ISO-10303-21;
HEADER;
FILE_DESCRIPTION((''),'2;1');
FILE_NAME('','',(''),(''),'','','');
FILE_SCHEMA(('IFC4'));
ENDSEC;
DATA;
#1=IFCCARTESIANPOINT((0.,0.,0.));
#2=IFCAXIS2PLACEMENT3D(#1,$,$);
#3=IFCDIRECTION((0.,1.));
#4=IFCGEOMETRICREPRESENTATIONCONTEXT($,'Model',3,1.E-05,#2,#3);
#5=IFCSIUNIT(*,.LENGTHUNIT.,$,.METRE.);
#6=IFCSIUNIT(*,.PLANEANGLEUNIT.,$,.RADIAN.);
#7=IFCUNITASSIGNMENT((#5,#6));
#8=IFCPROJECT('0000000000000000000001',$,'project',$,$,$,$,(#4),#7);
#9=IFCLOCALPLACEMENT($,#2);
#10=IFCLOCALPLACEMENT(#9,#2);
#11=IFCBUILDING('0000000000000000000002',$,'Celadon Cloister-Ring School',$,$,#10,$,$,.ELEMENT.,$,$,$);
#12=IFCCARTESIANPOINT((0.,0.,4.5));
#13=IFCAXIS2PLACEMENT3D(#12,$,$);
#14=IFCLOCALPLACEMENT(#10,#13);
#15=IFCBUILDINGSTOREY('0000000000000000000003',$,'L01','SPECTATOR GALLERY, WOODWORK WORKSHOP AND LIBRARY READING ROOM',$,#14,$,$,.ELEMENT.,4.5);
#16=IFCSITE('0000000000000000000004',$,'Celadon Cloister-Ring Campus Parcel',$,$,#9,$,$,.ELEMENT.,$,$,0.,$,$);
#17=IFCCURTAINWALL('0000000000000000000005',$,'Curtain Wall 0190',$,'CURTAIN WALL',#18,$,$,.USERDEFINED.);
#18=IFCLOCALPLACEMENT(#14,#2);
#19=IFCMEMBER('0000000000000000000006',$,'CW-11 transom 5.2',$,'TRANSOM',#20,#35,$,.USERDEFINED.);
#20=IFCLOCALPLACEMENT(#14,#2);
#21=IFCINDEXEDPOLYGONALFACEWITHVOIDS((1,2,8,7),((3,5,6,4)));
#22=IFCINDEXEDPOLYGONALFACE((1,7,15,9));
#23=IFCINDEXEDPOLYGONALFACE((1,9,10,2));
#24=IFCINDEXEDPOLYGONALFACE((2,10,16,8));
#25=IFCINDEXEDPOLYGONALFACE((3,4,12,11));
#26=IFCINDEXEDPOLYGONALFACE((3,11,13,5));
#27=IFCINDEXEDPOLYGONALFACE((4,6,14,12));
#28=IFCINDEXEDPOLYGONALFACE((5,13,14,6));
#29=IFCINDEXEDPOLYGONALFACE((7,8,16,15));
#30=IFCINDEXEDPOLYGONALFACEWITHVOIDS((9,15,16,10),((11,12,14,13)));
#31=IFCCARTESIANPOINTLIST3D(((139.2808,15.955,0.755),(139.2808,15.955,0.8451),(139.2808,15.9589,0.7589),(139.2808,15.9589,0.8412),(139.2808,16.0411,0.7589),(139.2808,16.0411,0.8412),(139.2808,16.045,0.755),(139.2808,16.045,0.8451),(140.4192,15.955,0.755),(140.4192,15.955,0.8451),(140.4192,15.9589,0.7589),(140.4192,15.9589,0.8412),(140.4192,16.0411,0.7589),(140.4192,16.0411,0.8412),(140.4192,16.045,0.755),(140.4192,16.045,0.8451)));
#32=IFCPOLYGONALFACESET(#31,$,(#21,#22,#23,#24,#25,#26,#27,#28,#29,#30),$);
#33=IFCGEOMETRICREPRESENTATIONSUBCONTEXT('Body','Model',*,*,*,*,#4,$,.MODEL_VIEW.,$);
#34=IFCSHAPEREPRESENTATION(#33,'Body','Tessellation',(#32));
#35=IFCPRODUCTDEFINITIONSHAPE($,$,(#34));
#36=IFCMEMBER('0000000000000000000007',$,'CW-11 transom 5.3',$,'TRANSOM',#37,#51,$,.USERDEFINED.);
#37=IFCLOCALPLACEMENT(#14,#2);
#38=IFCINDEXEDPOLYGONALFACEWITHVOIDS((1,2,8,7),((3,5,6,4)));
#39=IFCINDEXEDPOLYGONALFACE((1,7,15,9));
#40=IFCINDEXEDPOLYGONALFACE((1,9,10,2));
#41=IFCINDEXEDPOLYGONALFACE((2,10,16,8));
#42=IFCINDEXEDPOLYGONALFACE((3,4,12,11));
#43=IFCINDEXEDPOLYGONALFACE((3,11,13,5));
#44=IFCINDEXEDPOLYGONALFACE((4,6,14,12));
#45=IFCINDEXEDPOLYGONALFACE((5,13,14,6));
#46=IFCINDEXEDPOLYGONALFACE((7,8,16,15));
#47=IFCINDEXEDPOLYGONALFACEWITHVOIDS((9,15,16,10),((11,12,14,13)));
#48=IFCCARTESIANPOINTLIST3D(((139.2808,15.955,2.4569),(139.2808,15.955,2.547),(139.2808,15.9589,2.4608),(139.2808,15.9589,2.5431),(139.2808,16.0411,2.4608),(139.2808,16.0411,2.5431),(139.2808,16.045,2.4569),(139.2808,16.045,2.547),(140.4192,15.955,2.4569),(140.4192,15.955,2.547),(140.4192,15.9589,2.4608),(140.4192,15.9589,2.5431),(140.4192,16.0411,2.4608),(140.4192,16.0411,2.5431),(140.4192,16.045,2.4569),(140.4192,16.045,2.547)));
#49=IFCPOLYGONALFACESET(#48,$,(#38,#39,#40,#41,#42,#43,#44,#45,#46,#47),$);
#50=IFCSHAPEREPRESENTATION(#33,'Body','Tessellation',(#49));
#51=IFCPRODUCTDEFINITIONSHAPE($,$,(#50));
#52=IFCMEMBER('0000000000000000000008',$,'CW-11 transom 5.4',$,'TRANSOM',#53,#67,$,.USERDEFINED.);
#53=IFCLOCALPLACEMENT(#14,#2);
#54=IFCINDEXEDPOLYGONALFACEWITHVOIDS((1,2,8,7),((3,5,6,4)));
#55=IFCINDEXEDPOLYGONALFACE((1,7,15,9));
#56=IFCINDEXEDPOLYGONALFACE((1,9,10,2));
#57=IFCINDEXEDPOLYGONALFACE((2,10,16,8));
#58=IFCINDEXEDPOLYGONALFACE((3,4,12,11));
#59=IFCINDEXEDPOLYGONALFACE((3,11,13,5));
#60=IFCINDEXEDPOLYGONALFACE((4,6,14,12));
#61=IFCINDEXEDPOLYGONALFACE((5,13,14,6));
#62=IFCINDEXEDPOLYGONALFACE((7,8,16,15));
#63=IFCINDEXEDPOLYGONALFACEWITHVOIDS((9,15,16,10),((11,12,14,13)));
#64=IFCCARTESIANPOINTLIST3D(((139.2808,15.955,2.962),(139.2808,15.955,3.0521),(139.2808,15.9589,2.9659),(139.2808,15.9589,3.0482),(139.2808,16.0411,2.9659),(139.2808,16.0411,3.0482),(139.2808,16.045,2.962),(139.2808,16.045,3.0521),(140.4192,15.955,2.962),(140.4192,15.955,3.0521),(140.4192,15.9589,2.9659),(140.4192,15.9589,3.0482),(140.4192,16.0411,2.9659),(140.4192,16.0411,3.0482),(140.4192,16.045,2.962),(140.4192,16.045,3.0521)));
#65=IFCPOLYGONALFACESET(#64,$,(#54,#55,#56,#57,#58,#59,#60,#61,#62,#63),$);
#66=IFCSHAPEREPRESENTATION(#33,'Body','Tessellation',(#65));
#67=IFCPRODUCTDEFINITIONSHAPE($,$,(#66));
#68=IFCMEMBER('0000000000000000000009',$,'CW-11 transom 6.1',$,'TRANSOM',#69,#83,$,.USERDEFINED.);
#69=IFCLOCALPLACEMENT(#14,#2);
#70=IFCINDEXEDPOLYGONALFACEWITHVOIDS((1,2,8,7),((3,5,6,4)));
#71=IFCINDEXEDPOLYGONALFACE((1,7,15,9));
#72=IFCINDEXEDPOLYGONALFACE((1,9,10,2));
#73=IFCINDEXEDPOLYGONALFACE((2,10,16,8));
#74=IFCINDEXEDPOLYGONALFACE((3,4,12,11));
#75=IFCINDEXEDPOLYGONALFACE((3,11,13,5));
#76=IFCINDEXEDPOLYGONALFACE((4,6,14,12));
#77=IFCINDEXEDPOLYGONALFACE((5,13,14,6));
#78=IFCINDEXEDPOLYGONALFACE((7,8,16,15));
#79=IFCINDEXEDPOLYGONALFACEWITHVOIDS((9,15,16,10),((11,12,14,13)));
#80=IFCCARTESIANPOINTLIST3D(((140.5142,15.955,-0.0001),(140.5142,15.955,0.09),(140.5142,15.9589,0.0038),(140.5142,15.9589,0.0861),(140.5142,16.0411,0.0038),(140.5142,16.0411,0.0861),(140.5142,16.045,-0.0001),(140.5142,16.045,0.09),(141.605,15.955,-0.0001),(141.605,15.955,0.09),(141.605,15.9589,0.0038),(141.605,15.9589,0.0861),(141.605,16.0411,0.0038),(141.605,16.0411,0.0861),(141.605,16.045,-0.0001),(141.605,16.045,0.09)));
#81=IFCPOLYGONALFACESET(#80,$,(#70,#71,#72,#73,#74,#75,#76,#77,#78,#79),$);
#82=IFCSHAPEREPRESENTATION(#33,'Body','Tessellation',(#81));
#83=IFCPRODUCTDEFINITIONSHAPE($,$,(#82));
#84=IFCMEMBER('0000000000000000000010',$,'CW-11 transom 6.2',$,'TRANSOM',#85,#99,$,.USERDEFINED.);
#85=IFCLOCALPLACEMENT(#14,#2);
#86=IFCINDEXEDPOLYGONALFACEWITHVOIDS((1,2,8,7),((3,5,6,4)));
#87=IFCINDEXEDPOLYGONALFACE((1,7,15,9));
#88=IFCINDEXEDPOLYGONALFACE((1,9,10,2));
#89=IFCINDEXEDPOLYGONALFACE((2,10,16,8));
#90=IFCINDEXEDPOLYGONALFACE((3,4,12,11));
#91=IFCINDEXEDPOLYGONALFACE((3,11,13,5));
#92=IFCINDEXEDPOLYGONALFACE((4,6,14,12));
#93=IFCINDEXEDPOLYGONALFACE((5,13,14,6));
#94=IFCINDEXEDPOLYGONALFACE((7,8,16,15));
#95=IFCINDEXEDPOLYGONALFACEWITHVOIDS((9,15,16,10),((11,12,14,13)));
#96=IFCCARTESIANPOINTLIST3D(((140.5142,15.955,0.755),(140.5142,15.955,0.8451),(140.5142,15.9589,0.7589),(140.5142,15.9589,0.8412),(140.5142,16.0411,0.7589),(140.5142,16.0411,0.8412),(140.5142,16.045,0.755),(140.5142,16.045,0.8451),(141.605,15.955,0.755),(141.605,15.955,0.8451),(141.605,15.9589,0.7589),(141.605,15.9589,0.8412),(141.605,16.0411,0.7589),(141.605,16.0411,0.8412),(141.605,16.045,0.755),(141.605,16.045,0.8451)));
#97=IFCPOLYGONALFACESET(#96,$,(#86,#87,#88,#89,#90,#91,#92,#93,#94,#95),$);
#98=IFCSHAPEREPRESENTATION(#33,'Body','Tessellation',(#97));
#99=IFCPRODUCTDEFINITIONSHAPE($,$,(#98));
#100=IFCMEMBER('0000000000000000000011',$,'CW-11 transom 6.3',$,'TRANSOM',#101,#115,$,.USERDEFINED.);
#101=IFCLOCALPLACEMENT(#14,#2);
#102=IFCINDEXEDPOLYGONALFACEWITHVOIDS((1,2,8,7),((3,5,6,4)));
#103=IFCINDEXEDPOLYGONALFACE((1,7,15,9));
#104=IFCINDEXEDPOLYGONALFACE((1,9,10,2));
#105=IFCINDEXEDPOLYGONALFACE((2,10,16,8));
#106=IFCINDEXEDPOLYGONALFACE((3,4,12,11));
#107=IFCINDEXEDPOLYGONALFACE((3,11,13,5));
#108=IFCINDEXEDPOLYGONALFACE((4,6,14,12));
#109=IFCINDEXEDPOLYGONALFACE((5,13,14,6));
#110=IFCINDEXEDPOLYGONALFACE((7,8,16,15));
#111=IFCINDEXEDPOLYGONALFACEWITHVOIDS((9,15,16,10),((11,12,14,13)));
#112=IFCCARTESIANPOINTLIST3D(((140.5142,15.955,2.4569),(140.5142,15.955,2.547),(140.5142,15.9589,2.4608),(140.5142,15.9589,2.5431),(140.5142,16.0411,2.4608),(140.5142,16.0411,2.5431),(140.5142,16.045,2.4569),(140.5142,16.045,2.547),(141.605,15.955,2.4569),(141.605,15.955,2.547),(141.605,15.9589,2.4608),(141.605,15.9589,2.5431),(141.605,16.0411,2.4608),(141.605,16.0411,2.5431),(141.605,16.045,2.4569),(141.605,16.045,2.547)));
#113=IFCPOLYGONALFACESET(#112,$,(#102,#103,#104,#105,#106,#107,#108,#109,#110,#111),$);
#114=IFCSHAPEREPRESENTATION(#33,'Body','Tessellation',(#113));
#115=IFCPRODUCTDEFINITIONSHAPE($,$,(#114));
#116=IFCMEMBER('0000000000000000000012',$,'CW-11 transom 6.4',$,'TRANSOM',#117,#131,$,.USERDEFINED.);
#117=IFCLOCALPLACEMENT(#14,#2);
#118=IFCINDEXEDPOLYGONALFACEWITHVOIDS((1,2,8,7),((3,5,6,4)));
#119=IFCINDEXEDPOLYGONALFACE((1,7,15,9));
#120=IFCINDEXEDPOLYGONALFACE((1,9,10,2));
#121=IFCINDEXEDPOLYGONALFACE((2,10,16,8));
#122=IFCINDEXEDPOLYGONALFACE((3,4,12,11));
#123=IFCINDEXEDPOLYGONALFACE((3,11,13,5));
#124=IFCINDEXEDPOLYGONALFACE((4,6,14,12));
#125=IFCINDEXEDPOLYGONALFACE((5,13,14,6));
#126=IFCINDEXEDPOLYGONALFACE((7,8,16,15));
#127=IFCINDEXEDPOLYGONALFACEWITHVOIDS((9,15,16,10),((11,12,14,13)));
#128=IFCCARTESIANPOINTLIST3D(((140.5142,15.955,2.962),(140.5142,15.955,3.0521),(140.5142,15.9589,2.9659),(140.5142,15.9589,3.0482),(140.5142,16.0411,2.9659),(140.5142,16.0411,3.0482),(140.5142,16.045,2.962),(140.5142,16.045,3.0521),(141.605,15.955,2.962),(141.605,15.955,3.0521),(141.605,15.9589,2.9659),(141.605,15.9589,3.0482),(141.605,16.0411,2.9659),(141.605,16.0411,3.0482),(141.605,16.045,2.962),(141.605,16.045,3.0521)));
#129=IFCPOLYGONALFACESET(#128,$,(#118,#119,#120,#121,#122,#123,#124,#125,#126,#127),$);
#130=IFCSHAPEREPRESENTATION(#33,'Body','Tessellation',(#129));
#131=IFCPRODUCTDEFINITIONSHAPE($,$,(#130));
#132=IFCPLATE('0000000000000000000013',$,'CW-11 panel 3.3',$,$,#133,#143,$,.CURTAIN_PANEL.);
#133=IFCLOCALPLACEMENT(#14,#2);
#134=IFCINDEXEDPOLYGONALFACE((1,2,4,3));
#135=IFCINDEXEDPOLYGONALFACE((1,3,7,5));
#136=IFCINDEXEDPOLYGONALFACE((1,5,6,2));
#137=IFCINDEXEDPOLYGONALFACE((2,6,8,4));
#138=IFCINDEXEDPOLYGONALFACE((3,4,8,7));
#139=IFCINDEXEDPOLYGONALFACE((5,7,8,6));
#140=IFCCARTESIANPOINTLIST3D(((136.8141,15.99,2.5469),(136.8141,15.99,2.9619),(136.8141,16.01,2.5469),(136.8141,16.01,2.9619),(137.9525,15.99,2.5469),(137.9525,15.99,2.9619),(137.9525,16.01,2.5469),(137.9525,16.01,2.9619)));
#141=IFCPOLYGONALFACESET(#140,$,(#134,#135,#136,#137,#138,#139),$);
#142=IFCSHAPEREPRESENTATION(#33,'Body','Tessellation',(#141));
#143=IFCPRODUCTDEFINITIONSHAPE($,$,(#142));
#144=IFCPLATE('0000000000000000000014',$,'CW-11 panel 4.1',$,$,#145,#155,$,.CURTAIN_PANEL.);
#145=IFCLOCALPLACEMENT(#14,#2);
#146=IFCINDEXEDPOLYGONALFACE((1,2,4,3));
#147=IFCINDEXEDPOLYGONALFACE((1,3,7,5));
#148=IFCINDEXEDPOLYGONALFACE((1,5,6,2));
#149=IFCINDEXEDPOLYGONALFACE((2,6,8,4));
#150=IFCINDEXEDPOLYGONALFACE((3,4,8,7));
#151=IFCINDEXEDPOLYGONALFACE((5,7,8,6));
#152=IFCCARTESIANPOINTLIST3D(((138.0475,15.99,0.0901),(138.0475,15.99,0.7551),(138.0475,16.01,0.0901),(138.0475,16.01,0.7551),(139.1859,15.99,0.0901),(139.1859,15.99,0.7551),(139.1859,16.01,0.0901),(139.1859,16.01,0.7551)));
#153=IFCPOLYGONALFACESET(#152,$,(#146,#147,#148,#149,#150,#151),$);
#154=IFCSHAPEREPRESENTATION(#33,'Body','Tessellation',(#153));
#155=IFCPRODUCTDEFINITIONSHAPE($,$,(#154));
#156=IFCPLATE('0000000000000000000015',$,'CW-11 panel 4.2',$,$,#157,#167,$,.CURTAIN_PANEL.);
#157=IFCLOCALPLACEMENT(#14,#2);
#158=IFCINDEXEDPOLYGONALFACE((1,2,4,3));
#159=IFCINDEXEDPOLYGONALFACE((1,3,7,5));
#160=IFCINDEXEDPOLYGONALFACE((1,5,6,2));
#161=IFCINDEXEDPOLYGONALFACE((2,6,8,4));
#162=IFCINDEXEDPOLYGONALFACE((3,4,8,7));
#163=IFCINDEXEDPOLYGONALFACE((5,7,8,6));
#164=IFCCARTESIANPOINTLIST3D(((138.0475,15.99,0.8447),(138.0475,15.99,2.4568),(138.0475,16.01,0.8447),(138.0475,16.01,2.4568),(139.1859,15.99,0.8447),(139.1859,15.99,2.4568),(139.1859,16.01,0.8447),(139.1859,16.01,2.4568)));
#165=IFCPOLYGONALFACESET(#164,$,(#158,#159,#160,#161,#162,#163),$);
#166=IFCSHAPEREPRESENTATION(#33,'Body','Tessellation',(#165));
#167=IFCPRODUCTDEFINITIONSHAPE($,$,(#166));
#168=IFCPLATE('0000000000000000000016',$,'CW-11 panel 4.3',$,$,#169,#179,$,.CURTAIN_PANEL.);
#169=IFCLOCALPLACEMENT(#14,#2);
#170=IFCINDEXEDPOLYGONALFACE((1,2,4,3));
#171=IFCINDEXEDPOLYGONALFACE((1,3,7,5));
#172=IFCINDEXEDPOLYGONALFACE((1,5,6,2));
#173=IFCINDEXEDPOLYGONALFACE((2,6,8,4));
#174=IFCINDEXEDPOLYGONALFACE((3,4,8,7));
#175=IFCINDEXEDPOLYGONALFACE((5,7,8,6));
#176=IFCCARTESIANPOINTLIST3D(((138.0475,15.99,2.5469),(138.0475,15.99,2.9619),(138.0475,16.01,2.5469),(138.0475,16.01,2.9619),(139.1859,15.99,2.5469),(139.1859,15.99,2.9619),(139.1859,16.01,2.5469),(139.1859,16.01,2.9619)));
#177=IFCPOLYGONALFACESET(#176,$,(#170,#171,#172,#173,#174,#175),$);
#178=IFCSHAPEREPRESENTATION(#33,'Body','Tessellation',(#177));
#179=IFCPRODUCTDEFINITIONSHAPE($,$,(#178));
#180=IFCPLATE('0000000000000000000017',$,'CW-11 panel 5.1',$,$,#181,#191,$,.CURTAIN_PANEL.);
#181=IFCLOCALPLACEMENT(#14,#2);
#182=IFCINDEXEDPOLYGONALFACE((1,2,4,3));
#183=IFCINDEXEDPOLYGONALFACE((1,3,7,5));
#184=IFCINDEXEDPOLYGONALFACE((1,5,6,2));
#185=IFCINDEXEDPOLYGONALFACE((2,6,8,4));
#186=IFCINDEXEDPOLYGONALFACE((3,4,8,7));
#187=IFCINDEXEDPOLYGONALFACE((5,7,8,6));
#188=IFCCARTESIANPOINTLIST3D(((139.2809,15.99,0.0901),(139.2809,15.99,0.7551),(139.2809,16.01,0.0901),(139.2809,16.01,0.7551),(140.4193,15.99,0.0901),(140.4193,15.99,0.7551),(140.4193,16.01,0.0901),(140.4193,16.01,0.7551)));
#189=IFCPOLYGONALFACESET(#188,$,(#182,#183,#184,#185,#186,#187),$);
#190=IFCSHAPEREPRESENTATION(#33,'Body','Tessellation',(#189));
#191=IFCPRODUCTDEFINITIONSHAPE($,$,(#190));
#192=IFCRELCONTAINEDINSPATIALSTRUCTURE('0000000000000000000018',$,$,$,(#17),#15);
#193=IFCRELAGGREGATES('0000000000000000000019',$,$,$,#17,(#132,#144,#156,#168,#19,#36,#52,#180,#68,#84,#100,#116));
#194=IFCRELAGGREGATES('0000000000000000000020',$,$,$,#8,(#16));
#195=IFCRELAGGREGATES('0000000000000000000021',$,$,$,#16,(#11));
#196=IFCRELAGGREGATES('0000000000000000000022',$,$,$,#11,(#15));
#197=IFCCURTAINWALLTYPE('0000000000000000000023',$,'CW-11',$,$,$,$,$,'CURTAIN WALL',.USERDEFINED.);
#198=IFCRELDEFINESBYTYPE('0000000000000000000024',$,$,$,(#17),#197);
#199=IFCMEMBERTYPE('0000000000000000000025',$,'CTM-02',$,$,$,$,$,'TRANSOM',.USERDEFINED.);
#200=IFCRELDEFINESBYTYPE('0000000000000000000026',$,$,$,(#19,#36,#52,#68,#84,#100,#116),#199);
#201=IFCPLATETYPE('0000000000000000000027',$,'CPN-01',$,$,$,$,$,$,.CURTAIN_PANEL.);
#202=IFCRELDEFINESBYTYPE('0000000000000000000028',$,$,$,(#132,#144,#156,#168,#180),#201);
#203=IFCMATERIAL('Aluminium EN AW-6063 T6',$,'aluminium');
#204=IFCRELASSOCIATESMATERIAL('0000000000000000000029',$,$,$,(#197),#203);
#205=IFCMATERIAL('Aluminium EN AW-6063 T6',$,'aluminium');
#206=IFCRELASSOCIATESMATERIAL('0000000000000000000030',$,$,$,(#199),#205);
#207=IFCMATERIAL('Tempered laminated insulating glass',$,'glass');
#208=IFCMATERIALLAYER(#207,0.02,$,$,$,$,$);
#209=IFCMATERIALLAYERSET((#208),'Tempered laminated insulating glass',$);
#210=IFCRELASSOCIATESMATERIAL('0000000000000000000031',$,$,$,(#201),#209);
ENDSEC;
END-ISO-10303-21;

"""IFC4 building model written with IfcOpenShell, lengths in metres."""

from ifc_helpers import new_model, si_unit, direction, frame, origin, origin_2d, place, context, subcontext, project, spatial, rectangle, hollow_rectangle, extrude, material, layer, layer_set, material_profile, profile_set, type_object, element, aggregate, save


model = new_model("IFC4")

# Units and contexts
model_context = context("Model", 3, precision=1e-05, world=origin(), true_north=direction((0.0, 1.0)))
body_context = subcontext(model_context, "Body", "Model", "MODEL_VIEW")
ifc_project = project(units=[si_unit("LENGTHUNIT", "METRE"), si_unit("PLANEANGLEUNIT", "RADIAN")], contexts=[model_context])

# Site, building, storey
site_placement = place(None, origin())
site = spatial("IfcSite", under=ifc_project, at=site_placement, Name="Celadon Cloister-Ring Campus Parcel", CompositionType="ELEMENT", RefElevation=0.0)
building_placement = place(site_placement, origin())
building = spatial("IfcBuilding", under=site, at=building_placement, Name="Celadon Cloister-Ring School", CompositionType="ELEMENT")
storey_placement = place(building_placement, frame((0.0, 0.0, 4.5)))
storey = spatial("IfcBuildingStorey", under=building, at=storey_placement, Name="L01", Description="SPECTATOR GALLERY, WOODWORK WORKSHOP AND LIBRARY READING ROOM", CompositionType="ELEMENT", Elevation=4.5)

# Curtain wall, members, plates
ifc_material_1 = material(Name="Aluminium EN AW-6063 T6", Category="aluminium")
curtain_wall_type = type_object("IfcCurtainWallType", Name="CW-11", ElementType="CURTAIN WALL", PredefinedType="USERDEFINED", material=ifc_material_1)
curtain_wall_placement = place(storey_placement, origin())
curtain_wall = element("IfcCurtainWall", 1, at=curtain_wall_placement, inside=storey, type_object=curtain_wall_type, Name="Curtain Wall 0190", ObjectType="CURTAIN WALL", PredefinedType="USERDEFINED")
ifc_material_2 = material(Name="Aluminium EN AW-6063 T6", Category="aluminium")
ifc_material_profile_1 = material_profile(ifc_material_2, hollow_rectangle(XDim=0.0901, YDim=0.0901, WallThickness=0.0039, at=origin_2d()), Name="RHS90X90X4")
ifc_profile_set_1 = profile_set([ifc_material_profile_1], Name="Aluminium EN AW-6063 T6")
member_type_1 = type_object("IfcMemberType", Name="CTM-02", ElementType="TRANSOM", PredefinedType="USERDEFINED", material=ifc_profile_set_1)
member_1_placement = place(storey_placement, frame((139.2808, 16.0, 0.8), z_axis=(1.0, 0.0, 0.0), x_axis=(0.0, 1.0, 0.0)))
member_1 = element("IfcMember", 2, at=member_1_placement, type_object=member_type_1, Name="CW-11 transom 5.2", ObjectType="TRANSOM", PredefinedType="USERDEFINED", context=body_context, shape_type="SweptSolid", body=[
    extrude(hollow_rectangle(XDim=0.0901, YDim=0.0901, WallThickness=0.0039, at=origin_2d()), origin(), (0.0, 0.0, 1.0), 1.1384),
])
member_2_placement = place(storey_placement, frame((139.2808, 16.0, 2.502), z_axis=(1.0, 0.0, 0.0), x_axis=(0.0, 1.0, 0.0)))
member_2 = element("IfcMember", 3, at=member_2_placement, type_object=member_type_1, Name="CW-11 transom 5.3", ObjectType="TRANSOM", PredefinedType="USERDEFINED", context=body_context, shape_type="SweptSolid", body=[
    extrude(hollow_rectangle(XDim=0.0901, YDim=0.0901, WallThickness=0.0039, at=origin_2d()), origin(), (0.0, 0.0, 1.0), 1.1384),
])
member_3_placement = place(storey_placement, frame((139.2808, 16.0, 3.0071), z_axis=(1.0, 0.0, 0.0), x_axis=(0.0, 1.0, 0.0)))
member_3 = element("IfcMember", 4, at=member_3_placement, type_object=member_type_1, Name="CW-11 transom 5.4", ObjectType="TRANSOM", PredefinedType="USERDEFINED", context=body_context, shape_type="SweptSolid", body=[
    extrude(hollow_rectangle(XDim=0.0901, YDim=0.0901, WallThickness=0.0039, at=origin_2d()), origin(), (0.0, 0.0, 1.0), 1.1384),
])
member_4_placement = place(storey_placement, frame((140.5142, 16.0, 0.0449), z_axis=(1.0, 0.0, 0.0), x_axis=(0.0, 1.0, 0.0)))
member_4 = element("IfcMember", 5, at=member_4_placement, type_object=member_type_1, Name="CW-11 transom 6.1", ObjectType="TRANSOM", PredefinedType="USERDEFINED", context=body_context, shape_type="SweptSolid", body=[
    extrude(hollow_rectangle(XDim=0.0901, YDim=0.0901, WallThickness=0.0039, at=origin_2d()), origin(), (0.0, 0.0, 1.0), 1.0908),
])
member_5_placement = place(storey_placement, frame((140.5142, 16.0, 0.8), z_axis=(1.0, 0.0, 0.0), x_axis=(0.0, 1.0, 0.0)))
member_5 = element("IfcMember", 6, at=member_5_placement, type_object=member_type_1, Name="CW-11 transom 6.2", ObjectType="TRANSOM", PredefinedType="USERDEFINED", context=body_context, shape_type="SweptSolid", body=[
    extrude(hollow_rectangle(XDim=0.0901, YDim=0.0901, WallThickness=0.0039, at=origin_2d()), origin(), (0.0, 0.0, 1.0), 1.0908),
])
member_6_placement = place(storey_placement, frame((140.5142, 16.0, 2.502), z_axis=(1.0, 0.0, 0.0), x_axis=(0.0, 1.0, 0.0)))
member_6 = element("IfcMember", 7, at=member_6_placement, type_object=member_type_1, Name="CW-11 transom 6.3", ObjectType="TRANSOM", PredefinedType="USERDEFINED", context=body_context, shape_type="SweptSolid", body=[
    extrude(hollow_rectangle(XDim=0.0901, YDim=0.0901, WallThickness=0.0039, at=origin_2d()), origin(), (0.0, 0.0, 1.0), 1.0908),
])
member_7_placement = place(storey_placement, frame((140.5142, 16.0, 3.0071), z_axis=(1.0, 0.0, 0.0), x_axis=(0.0, 1.0, 0.0)))
member_7 = element("IfcMember", 8, at=member_7_placement, type_object=member_type_1, Name="CW-11 transom 6.4", ObjectType="TRANSOM", PredefinedType="USERDEFINED", context=body_context, shape_type="SweptSolid", body=[
    extrude(hollow_rectangle(XDim=0.0901, YDim=0.0901, WallThickness=0.0039, at=origin_2d()), origin(), (0.0, 0.0, 1.0), 1.0908),
])
ifc_material_3 = material(Name="Tempered laminated insulating glass", Category="glass")
ifc_layer_1 = layer(ifc_material_3, 0.02)
ifc_layer_set_1 = layer_set([ifc_layer_1], Name="Tempered laminated insulating glass")
plate_type = type_object("IfcPlateType", Name="CPN-01", PredefinedType="CURTAIN_PANEL", material=ifc_layer_set_1)
plate_1_placement = place(storey_placement, frame((137.3833, 16.0, 2.5469), z_axis=(0.0, 0.0, 1.0), x_axis=(1.0, 0.0, 0.0)))
plate_1 = element("IfcPlate", 9, at=plate_1_placement, type_object=plate_type, Name="CW-11 panel 3.3", PredefinedType="CURTAIN_PANEL", context=body_context, shape_type="SweptSolid", body=[
    extrude(rectangle(XDim=1.1384, YDim=0.02, at=origin_2d()), origin(), (0.0, 0.0, 1.0), 0.415),
])
plate_2_placement = place(storey_placement, frame((138.6167, 16.0, 0.0901), z_axis=(0.0, 0.0, 1.0), x_axis=(1.0, 0.0, 0.0)))
plate_2 = element("IfcPlate", 10, at=plate_2_placement, type_object=plate_type, Name="CW-11 panel 4.1", PredefinedType="CURTAIN_PANEL", context=body_context, shape_type="SweptSolid", body=[
    extrude(rectangle(XDim=1.1384, YDim=0.02, at=origin_2d()), origin(), (0.0, 0.0, 1.0), 0.665),
])
plate_3_placement = place(storey_placement, frame((138.6167, 16.0, 0.8447), z_axis=(0.0, 0.0, 1.0), x_axis=(1.0, 0.0, 0.0)))
plate_3 = element("IfcPlate", 11, at=plate_3_placement, type_object=plate_type, Name="CW-11 panel 4.2", PredefinedType="CURTAIN_PANEL", context=body_context, shape_type="SweptSolid", body=[
    extrude(rectangle(XDim=1.1384, YDim=0.02, at=origin_2d()), origin(), (0.0, 0.0, 1.0), 1.6121),
])
plate_4_placement = place(storey_placement, frame((138.6167, 16.0, 2.5469), z_axis=(0.0, 0.0, 1.0), x_axis=(1.0, 0.0, 0.0)))
plate_4 = element("IfcPlate", 12, at=plate_4_placement, type_object=plate_type, Name="CW-11 panel 4.3", PredefinedType="CURTAIN_PANEL", context=body_context, shape_type="SweptSolid", body=[
    extrude(rectangle(XDim=1.1384, YDim=0.02, at=origin_2d()), origin(), (0.0, 0.0, 1.0), 0.415),
])
plate_5_placement = place(storey_placement, frame((139.8501, 16.0, 0.0901), z_axis=(0.0, 0.0, 1.0), x_axis=(1.0, 0.0, 0.0)))
plate_5 = element("IfcPlate", 13, at=plate_5_placement, type_object=plate_type, Name="CW-11 panel 5.1", PredefinedType="CURTAIN_PANEL", context=body_context, shape_type="SweptSolid", body=[
    extrude(rectangle(XDim=1.1384, YDim=0.02, at=origin_2d()), origin(), (0.0, 0.0, 1.0), 0.665),
])
aggregate(curtain_wall, [plate_1, plate_2, plate_3, plate_4, member_1, member_2, member_3, plate_5, member_4, member_5, member_6, member_7])

save(model, "model.ifc")
